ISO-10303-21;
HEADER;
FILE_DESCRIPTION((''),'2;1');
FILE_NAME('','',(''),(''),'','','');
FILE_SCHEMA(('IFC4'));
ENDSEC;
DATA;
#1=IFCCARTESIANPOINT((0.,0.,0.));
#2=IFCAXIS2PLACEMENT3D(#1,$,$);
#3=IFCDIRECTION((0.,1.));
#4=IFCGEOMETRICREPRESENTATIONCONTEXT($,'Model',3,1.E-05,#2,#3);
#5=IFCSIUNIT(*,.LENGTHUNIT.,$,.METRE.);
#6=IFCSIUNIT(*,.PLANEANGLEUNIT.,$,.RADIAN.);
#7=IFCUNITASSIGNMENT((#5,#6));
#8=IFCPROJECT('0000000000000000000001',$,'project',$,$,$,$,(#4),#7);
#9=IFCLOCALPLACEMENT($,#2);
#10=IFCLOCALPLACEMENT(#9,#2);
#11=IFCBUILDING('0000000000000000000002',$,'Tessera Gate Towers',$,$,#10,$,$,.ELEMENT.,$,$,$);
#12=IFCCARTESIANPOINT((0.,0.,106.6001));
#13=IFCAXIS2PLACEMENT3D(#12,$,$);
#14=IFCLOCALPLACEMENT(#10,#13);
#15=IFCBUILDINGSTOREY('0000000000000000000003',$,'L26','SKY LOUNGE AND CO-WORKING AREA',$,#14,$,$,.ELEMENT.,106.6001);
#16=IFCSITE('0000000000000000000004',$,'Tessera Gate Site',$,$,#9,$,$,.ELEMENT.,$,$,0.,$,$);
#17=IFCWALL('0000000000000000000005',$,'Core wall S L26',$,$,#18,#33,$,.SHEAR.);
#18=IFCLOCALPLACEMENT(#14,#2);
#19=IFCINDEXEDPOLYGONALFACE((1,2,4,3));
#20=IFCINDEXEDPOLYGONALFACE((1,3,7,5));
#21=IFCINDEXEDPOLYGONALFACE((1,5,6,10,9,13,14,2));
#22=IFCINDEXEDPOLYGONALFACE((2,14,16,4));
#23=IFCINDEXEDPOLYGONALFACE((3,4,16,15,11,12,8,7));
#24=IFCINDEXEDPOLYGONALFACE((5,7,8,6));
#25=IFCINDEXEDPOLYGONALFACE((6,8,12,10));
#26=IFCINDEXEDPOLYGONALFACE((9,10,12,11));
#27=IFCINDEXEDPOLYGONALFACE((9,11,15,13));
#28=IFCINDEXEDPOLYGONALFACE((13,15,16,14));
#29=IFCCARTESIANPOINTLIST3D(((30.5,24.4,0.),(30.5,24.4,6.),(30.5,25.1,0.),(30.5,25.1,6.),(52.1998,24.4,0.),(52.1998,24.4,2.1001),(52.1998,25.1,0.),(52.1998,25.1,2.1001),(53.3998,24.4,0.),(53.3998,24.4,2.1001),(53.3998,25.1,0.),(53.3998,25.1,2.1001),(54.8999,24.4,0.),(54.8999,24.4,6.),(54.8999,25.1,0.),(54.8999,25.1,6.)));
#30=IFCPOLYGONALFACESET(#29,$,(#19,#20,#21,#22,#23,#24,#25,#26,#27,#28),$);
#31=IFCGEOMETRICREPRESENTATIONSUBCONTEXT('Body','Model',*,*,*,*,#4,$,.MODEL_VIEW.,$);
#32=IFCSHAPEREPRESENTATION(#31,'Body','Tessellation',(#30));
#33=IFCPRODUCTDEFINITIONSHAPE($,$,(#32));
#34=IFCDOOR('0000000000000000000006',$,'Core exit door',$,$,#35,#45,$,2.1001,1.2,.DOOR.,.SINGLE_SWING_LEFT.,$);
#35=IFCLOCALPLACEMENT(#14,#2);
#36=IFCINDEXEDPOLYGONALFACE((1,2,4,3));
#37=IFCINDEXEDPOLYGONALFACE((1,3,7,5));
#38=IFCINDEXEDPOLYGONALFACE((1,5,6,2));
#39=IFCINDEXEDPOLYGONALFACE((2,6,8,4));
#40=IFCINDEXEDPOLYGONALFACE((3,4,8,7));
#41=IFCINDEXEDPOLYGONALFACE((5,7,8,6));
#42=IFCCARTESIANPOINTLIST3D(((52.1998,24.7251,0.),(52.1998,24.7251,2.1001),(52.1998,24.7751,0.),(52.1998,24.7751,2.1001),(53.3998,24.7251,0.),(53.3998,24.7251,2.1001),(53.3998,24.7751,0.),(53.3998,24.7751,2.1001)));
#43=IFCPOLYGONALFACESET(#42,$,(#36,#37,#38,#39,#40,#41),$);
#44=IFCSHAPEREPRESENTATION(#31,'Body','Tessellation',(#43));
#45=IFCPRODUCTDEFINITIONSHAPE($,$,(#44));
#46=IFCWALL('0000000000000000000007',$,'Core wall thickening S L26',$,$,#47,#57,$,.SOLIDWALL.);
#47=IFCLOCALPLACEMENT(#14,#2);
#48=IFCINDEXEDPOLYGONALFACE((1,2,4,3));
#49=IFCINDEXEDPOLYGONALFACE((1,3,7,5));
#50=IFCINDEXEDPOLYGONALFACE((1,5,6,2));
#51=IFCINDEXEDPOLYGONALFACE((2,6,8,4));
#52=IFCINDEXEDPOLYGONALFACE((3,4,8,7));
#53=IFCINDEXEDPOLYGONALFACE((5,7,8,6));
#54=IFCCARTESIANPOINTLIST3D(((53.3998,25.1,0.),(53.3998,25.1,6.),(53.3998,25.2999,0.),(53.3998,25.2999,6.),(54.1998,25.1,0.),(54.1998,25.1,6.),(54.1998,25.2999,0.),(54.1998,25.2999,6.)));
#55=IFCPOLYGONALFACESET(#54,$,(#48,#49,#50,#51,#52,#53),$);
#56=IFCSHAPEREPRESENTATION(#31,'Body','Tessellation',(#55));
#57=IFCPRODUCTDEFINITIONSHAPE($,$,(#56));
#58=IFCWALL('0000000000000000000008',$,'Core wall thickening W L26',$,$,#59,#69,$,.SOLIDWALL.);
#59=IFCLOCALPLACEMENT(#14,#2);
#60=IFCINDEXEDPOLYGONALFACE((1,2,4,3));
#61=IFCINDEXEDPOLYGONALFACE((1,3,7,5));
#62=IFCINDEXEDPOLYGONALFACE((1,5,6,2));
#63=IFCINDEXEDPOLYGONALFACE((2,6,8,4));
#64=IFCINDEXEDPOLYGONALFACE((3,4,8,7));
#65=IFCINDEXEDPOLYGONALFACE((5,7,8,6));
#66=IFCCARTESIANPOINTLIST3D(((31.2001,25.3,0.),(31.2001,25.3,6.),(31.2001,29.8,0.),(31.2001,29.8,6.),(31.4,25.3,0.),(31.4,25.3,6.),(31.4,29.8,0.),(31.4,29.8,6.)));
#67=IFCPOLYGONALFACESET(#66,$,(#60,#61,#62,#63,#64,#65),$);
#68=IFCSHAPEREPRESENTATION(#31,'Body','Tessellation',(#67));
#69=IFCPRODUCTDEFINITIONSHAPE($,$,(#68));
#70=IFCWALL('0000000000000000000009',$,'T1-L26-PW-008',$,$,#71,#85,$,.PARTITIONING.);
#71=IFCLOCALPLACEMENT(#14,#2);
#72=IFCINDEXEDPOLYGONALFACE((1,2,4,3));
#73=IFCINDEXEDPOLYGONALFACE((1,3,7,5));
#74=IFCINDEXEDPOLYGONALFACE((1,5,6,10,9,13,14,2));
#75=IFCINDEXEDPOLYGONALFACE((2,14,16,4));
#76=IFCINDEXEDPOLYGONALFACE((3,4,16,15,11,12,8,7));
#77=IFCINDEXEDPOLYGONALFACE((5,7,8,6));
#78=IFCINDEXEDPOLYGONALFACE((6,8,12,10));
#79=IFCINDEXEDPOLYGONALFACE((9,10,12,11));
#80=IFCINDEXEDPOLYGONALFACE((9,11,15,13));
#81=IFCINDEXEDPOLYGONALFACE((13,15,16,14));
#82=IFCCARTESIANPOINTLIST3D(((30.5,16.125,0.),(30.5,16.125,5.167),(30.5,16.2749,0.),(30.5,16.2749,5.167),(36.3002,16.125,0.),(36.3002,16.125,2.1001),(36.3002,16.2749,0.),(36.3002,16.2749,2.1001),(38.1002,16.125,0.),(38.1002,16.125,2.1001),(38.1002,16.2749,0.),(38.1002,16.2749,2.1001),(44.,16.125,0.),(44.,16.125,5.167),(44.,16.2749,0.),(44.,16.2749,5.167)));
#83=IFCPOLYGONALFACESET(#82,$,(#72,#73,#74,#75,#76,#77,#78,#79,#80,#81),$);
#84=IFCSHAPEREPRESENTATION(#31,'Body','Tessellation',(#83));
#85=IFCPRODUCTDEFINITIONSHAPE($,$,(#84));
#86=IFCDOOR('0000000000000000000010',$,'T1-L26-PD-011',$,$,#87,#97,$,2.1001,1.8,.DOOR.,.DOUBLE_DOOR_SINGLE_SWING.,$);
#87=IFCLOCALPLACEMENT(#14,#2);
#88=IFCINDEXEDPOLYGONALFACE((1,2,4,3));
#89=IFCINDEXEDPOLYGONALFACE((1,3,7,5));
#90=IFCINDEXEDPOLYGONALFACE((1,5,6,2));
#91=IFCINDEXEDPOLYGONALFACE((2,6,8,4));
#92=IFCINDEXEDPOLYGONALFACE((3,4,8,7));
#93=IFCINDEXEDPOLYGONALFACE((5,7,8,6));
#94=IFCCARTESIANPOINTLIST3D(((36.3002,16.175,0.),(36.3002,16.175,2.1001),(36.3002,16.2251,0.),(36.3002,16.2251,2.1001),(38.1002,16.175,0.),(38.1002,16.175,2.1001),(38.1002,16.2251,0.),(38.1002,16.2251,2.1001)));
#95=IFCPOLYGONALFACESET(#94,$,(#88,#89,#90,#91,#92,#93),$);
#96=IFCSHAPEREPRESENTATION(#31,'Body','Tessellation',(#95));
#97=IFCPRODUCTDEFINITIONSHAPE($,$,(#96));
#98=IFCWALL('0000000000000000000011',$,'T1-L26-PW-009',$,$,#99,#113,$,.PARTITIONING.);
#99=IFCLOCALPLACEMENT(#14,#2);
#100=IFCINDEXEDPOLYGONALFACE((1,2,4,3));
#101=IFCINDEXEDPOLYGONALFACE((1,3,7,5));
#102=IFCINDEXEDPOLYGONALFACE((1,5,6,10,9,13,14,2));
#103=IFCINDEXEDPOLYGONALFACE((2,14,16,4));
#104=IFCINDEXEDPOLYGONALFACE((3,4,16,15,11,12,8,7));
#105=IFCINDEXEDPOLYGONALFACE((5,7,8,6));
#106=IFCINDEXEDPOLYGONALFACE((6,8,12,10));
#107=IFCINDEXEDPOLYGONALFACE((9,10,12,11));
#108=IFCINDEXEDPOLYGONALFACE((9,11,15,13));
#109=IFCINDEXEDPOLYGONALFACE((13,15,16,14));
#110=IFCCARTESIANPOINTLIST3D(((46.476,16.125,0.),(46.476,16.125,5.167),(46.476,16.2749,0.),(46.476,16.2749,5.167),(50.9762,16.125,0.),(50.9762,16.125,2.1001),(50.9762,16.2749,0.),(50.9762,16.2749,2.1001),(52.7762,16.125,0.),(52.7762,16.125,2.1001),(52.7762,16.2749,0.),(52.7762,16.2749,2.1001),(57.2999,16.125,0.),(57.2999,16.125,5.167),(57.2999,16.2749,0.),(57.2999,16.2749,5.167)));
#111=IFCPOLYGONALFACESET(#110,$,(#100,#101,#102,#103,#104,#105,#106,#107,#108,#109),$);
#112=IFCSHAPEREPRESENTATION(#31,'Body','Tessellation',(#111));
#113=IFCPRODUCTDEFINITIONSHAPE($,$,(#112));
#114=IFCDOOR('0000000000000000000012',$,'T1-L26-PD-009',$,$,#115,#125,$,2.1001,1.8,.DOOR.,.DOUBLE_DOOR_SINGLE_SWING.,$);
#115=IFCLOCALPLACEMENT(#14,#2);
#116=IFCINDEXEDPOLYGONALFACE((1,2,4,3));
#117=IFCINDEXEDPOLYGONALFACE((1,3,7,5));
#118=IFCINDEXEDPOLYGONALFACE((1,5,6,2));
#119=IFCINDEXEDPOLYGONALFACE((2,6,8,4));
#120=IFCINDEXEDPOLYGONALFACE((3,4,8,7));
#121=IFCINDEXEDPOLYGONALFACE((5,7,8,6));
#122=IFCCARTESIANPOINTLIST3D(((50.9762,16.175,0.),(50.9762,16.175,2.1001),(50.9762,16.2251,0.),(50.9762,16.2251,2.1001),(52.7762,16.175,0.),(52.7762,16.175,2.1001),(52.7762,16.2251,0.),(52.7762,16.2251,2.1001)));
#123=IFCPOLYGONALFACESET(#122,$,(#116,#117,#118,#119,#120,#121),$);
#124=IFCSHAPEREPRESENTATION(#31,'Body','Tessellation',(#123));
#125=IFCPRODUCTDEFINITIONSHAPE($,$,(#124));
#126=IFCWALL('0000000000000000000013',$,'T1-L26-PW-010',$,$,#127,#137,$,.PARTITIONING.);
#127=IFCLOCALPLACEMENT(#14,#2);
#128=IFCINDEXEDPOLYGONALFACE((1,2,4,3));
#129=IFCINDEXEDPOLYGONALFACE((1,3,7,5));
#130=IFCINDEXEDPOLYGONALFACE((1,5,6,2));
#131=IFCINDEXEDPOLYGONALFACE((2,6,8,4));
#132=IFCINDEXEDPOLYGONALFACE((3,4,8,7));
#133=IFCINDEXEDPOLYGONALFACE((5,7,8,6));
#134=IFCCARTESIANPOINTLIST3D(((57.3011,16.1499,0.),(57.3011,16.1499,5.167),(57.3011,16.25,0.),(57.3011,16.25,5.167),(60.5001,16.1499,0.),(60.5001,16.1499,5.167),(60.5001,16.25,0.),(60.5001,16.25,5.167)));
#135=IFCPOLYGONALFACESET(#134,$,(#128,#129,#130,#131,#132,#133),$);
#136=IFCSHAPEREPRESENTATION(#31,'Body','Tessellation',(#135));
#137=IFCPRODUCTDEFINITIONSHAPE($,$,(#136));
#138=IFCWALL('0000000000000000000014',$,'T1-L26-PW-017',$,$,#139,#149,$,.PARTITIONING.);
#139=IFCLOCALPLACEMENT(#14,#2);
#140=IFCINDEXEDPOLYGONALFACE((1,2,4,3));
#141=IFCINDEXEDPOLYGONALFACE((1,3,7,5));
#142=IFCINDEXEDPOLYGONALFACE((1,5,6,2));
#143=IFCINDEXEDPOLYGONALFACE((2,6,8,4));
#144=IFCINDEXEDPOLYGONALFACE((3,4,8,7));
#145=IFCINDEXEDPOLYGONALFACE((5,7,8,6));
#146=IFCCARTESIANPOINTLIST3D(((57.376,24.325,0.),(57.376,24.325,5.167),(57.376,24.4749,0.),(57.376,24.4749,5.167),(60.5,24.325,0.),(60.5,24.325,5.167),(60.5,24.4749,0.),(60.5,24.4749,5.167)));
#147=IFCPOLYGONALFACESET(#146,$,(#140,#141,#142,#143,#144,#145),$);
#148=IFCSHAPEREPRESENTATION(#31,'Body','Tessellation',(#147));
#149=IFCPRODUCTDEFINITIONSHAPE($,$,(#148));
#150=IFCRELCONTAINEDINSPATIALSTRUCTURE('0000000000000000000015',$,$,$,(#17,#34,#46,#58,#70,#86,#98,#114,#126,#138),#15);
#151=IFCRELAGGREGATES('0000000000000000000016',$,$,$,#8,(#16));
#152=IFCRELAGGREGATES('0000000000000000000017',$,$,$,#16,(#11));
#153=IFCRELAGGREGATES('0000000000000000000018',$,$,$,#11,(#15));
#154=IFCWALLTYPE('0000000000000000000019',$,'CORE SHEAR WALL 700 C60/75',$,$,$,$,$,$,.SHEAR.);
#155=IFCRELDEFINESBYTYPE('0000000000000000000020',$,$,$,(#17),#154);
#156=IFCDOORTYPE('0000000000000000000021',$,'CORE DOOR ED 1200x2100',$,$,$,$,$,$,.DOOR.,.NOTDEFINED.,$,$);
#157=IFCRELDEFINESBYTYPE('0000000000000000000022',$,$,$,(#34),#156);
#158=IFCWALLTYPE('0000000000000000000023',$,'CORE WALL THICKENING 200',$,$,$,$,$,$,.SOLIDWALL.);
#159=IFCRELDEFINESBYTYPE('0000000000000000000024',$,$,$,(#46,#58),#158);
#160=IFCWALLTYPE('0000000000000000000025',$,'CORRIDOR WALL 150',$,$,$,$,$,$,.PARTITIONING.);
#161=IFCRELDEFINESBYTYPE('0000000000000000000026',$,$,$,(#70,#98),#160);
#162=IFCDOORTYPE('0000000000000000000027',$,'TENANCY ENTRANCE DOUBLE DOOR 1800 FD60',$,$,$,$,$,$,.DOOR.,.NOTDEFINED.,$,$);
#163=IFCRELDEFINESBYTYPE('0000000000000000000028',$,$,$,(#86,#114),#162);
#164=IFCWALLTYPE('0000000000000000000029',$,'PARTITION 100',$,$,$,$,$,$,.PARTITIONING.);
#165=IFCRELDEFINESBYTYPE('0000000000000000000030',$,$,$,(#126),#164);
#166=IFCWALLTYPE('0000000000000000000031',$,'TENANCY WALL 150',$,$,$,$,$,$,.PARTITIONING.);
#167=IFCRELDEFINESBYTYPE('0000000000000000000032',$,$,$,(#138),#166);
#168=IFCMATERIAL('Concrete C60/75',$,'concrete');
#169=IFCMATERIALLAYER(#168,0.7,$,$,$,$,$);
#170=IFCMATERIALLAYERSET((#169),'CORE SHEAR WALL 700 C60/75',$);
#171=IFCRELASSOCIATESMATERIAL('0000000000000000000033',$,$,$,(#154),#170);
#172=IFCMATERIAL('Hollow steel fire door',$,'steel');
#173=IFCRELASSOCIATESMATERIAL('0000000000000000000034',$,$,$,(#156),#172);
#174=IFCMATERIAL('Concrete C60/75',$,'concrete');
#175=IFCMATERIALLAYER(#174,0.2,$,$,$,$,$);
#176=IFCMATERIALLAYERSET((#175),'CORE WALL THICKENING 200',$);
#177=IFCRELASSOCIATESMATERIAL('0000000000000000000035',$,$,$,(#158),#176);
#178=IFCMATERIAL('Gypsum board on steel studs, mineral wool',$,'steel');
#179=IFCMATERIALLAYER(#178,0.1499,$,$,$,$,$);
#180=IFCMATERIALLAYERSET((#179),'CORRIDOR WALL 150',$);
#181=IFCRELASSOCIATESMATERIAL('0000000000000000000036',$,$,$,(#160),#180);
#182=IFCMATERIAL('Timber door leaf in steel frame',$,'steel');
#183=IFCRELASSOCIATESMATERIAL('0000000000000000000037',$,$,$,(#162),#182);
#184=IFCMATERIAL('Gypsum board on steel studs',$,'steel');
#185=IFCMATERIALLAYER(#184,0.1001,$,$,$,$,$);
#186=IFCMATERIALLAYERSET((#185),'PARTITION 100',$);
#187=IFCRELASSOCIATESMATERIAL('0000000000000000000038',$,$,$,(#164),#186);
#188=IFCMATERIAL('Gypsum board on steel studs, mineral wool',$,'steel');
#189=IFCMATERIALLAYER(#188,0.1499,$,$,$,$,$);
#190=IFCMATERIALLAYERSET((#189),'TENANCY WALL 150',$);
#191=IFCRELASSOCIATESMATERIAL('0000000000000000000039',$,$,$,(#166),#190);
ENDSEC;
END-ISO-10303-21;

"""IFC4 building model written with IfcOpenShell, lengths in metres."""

from ifc_helpers import new_model, si_unit, direction, frame, frame_2d, origin, place, context, subcontext, project, spatial, rectangle, extrude, source, transform, mapped, material, layer, layer_set, type_object, element, fill, save


model = new_model("IFC4")

# Units and contexts
model_context = context("Model", 3, precision=1e-05, world=origin(), true_north=direction((0.0, 1.0)))
body_context = subcontext(model_context, "Body", "Model", "MODEL_VIEW")
ifc_project = project(units=[si_unit("LENGTHUNIT", "METRE"), si_unit("PLANEANGLEUNIT", "RADIAN")], contexts=[model_context])

# Site, building, storey
site_placement = place(None, origin())
site = spatial("IfcSite", under=ifc_project, at=site_placement, Name="Tessera Gate Site", CompositionType="ELEMENT", RefElevation=0.0)
building_placement = place(site_placement, origin())
building = spatial("IfcBuilding", under=site, at=building_placement, Name="Tessera Gate Towers", CompositionType="ELEMENT")
storey_placement = place(building_placement, frame((0.0, 0.0, 106.6001)))
storey = spatial("IfcBuildingStorey", under=building, at=storey_placement, Name="L26", Description="SKY LOUNGE AND CO-WORKING AREA", CompositionType="ELEMENT", Elevation=106.6001)

# Wall, opening, door
ifc_material_1 = material(Name="Concrete C60/75", Category="concrete")
ifc_layer_1 = layer(ifc_material_1, 0.7)
ifc_layer_set_1 = layer_set([ifc_layer_1], Name="CORE SHEAR WALL 700 C60/75")
wall_type_1 = type_object("IfcWallType", Name="CORE SHEAR WALL 700 C60/75", PredefinedType="SHEAR", material=ifc_layer_set_1)
wall_1_placement = place(storey_placement, frame((54.8999, 24.75, 0.0), z_axis=(0.0, 0.0, 1.0), x_axis=(-1.0, 0.0, 0.0)))
wall_1 = element("IfcWall", 1, at=wall_1_placement, inside=storey, type_object=wall_type_1, Name="Core wall S L26", PredefinedType="SHEAR", context=body_context, shape_type="SweptSolid", body=[
    extrude(rectangle(XDim=24.3999, YDim=0.7, at=frame_2d((12.2, 0.0))), origin(), (0.0, 0.0, 1.0), 6.0),
])
shared_shape_1 = source(origin(), body_context, "Body", "SweptSolid", [
    extrude(rectangle(XDim=1.2, YDim=2.1001, at=frame_2d((0.6001, 1.05))), frame((0.0, 0.3599, 0.0), z_axis=(0.0, -1.0, 0.0), x_axis=(1.0, 0.0, 0.0)), (0.0, 0.0, 1.0), 0.72),
])
opening_1_placement = place(wall_1_placement, frame((1.5, 0.0, 0.0)))
opening_1 = element("IfcOpeningElement", 2, at=opening_1_placement, cuts=wall_1, PredefinedType="OPENING", context=body_context, shape_type="MappedRepresentation", body=[
    mapped(shared_shape_1, transform((0.0, 0.0, 0.0), scale=1.0)),
])
ifc_material_2 = material(Name="Hollow steel fire door", Category="steel")
door_type_1 = type_object("IfcDoorType", Name="CORE DOOR ED 1200x2100", OperationType="NOTDEFINED", PredefinedType="DOOR", material=ifc_material_2)
shared_shape_2 = source(origin(), body_context, "Body", "SweptSolid", [
    extrude(rectangle(XDim=1.2, YDim=2.1001, at=frame_2d((0.6001, 1.05))), frame((0.0, 0.0249, 0.0), z_axis=(0.0, -1.0, 0.0), x_axis=(1.0, 0.0, 0.0)), (0.0, 0.0, 1.0), 0.05),
])
door_1_placement = place(opening_1_placement, origin())
door_1 = element("IfcDoor", 3, at=door_1_placement, inside=storey, type_object=door_type_1, Name="Core exit door", OperationType="SINGLE_SWING_LEFT", OverallHeight=2.1001, OverallWidth=1.2, PredefinedType="DOOR", context=body_context, shape_type="MappedRepresentation", body=[
    mapped(shared_shape_2, transform((0.0, 0.0, 0.0), scale=1.0)),
])
fill(opening_1, door_1)

# Walls
ifc_material_3 = material(Name="Concrete C60/75", Category="concrete")
ifc_layer_2 = layer(ifc_material_3, 0.2)
ifc_layer_set_2 = layer_set([ifc_layer_2], Name="CORE WALL THICKENING 200")
wall_type_2 = type_object("IfcWallType", Name="CORE WALL THICKENING 200", PredefinedType="SOLIDWALL", material=ifc_layer_set_2)
wall_2_placement = place(storey_placement, frame((53.3999, 25.2, 0.0), z_axis=(0.0, 0.0, 1.0), x_axis=(1.0, 0.0, 0.0)))
element("IfcWall", 4, at=wall_2_placement, inside=storey, type_object=wall_type_2, Name="Core wall thickening S L26", PredefinedType="SOLIDWALL", context=body_context, shape_type="SweptSolid", body=[
    extrude(rectangle(XDim=0.8, YDim=0.2, at=frame_2d((0.3999, 0.0))), origin(), (0.0, 0.0, 1.0), 6.0),
])
wall_3_placement = place(storey_placement, frame((31.3, 25.3, 0.0), z_axis=(0.0, 0.0, 1.0), x_axis=(0.0, 1.0, 0.0)))
element("IfcWall", 5, at=wall_3_placement, inside=storey, type_object=wall_type_2, Name="Core wall thickening W L26", PredefinedType="SOLIDWALL", context=body_context, shape_type="SweptSolid", body=[
    extrude(rectangle(XDim=4.5, YDim=0.2, at=frame_2d((2.25, 0.0))), origin(), (0.0, 0.0, 1.0), 6.0),
])

# Walls, openings, doors
ifc_material_4 = material(Name="Gypsum board on steel studs, mineral wool", Category="steel")
ifc_layer_3 = layer(ifc_material_4, 0.1499)
ifc_layer_set_3 = layer_set([ifc_layer_3], Name="CORRIDOR WALL 150")
wall_type_3 = type_object("IfcWallType", Name="CORRIDOR WALL 150", PredefinedType="PARTITIONING", material=ifc_layer_set_3)
wall_4_placement = place(storey_placement, frame((44.0, 16.2, 0.0), z_axis=(0.0, 0.0, 1.0), x_axis=(-1.0, 0.0, 0.0)))
wall_4 = element("IfcWall", 6, at=wall_4_placement, inside=storey, type_object=wall_type_3, Name="T1-L26-PW-008", PredefinedType="PARTITIONING", context=body_context, shape_type="SweptSolid", body=[
    extrude(rectangle(XDim=13.5, YDim=0.1499, at=frame_2d((6.75, 0.0))), origin(), (0.0, 0.0, 1.0), 5.167),
])
shared_shape_3 = source(origin(), body_context, "Body", "SweptSolid", [
    extrude(rectangle(XDim=1.8, YDim=2.1001, at=frame_2d((0.8999, 1.05))), frame((0.0, 0.085, 0.0), z_axis=(0.0, -1.0, 0.0), x_axis=(1.0, 0.0, 0.0)), (0.0, 0.0, 1.0), 0.1699),
])
opening_2_placement = place(wall_4_placement, frame((5.8999, 0.0, 0.0)))
opening_2 = element("IfcOpeningElement", 7, at=opening_2_placement, cuts=wall_4, PredefinedType="OPENING", context=body_context, shape_type="MappedRepresentation", body=[
    mapped(shared_shape_3, transform((0.0, 0.0, 0.0), scale=1.0)),
])
ifc_material_5 = material(Name="Timber door leaf in steel frame", Category="steel")
door_type_2 = type_object("IfcDoorType", Name="TENANCY ENTRANCE DOUBLE DOOR 1800 FD60", OperationType="NOTDEFINED", PredefinedType="DOOR", material=ifc_material_5)
shared_shape_4 = source(origin(), body_context, "Body", "SweptSolid", [
    extrude(rectangle(XDim=1.8, YDim=2.1001, at=frame_2d((0.8999, 1.05))), frame((0.0, 0.0249, 0.0), z_axis=(0.0, -1.0, 0.0), x_axis=(1.0, 0.0, 0.0)), (0.0, 0.0, 1.0), 0.05),
])
door_2_placement = place(opening_2_placement, origin())
door_2 = element("IfcDoor", 8, at=door_2_placement, inside=storey, type_object=door_type_2, Name="T1-L26-PD-011", OperationType="DOUBLE_DOOR_SINGLE_SWING", OverallHeight=2.1001, OverallWidth=1.8, PredefinedType="DOOR", context=body_context, shape_type="MappedRepresentation", body=[
    mapped(shared_shape_4, transform((0.0, 0.0, 0.0), scale=1.0)),
])
fill(opening_2, door_2)
wall_5_placement = place(storey_placement, frame((57.3, 16.2, 0.0), z_axis=(0.0, 0.0, 1.0), x_axis=(-1.0, 0.0, 0.0)))
wall_5 = element("IfcWall", 9, at=wall_5_placement, inside=storey, type_object=wall_type_3, Name="T1-L26-PW-009", PredefinedType="PARTITIONING", context=body_context, shape_type="SweptSolid", body=[
    extrude(rectangle(XDim=10.824, YDim=0.1499, at=frame_2d((5.4121, 0.0))), origin(), (0.0, 0.0, 1.0), 5.167),
])
opening_3_placement = place(wall_5_placement, frame((4.5239, 0.0, 0.0)))
opening_3 = element("IfcOpeningElement", 10, at=opening_3_placement, cuts=wall_5, PredefinedType="OPENING", context=body_context, shape_type="MappedRepresentation", body=[
    mapped(shared_shape_3, transform((0.0, 0.0, 0.0), scale=1.0)),
])
door_3_placement = place(opening_3_placement, origin())
door_3 = element("IfcDoor", 11, at=door_3_placement, inside=storey, type_object=door_type_2, Name="T1-L26-PD-009", OperationType="DOUBLE_DOOR_SINGLE_SWING", OverallHeight=2.1001, OverallWidth=1.8, PredefinedType="DOOR", context=body_context, shape_type="MappedRepresentation", body=[
    mapped(shared_shape_4, transform((0.0, 0.0, 0.0), scale=1.0)),
])
fill(opening_3, door_3)

# Walls
ifc_material_6 = material(Name="Gypsum board on steel studs", Category="steel")
ifc_layer_4 = layer(ifc_material_6, 0.1001)
ifc_layer_set_4 = layer_set([ifc_layer_4], Name="PARTITION 100")
wall_type_4 = type_object("IfcWallType", Name="PARTITION 100", PredefinedType="PARTITIONING", material=ifc_layer_set_4)
wall_6_placement = place(storey_placement, frame((57.301, 16.2, 0.0), z_axis=(0.0, 0.0, 1.0), x_axis=(1.0, 0.0, 0.0)))
element("IfcWall", 12, at=wall_6_placement, inside=storey, type_object=wall_type_4, Name="T1-L26-PW-010", PredefinedType="PARTITIONING", context=body_context, shape_type="SweptSolid", body=[
    extrude(rectangle(XDim=3.199, YDim=0.1001, at=frame_2d((1.5996, 0.0))), origin(), (0.0, 0.0, 1.0), 5.167),
])
ifc_material_7 = material(Name="Gypsum board on steel studs, mineral wool", Category="steel")
ifc_layer_5 = layer(ifc_material_7, 0.1499)
ifc_layer_set_5 = layer_set([ifc_layer_5], Name="TENANCY WALL 150")
wall_type_5 = type_object("IfcWallType", Name="TENANCY WALL 150", PredefinedType="PARTITIONING", material=ifc_layer_set_5)
wall_7_placement = place(storey_placement, frame((57.376, 24.3999, 0.0), z_axis=(0.0, 0.0, 1.0), x_axis=(1.0, 0.0, 0.0)))
element("IfcWall", 13, at=wall_7_placement, inside=storey, type_object=wall_type_5, Name="T1-L26-PW-017", PredefinedType="PARTITIONING", context=body_context, shape_type="SweptSolid", body=[
    extrude(rectangle(XDim=3.124, YDim=0.1499, at=frame_2d((1.562, 0.0))), origin(), (0.0, 0.0, 1.0), 5.167),
])

save(model, "model.ifc")
